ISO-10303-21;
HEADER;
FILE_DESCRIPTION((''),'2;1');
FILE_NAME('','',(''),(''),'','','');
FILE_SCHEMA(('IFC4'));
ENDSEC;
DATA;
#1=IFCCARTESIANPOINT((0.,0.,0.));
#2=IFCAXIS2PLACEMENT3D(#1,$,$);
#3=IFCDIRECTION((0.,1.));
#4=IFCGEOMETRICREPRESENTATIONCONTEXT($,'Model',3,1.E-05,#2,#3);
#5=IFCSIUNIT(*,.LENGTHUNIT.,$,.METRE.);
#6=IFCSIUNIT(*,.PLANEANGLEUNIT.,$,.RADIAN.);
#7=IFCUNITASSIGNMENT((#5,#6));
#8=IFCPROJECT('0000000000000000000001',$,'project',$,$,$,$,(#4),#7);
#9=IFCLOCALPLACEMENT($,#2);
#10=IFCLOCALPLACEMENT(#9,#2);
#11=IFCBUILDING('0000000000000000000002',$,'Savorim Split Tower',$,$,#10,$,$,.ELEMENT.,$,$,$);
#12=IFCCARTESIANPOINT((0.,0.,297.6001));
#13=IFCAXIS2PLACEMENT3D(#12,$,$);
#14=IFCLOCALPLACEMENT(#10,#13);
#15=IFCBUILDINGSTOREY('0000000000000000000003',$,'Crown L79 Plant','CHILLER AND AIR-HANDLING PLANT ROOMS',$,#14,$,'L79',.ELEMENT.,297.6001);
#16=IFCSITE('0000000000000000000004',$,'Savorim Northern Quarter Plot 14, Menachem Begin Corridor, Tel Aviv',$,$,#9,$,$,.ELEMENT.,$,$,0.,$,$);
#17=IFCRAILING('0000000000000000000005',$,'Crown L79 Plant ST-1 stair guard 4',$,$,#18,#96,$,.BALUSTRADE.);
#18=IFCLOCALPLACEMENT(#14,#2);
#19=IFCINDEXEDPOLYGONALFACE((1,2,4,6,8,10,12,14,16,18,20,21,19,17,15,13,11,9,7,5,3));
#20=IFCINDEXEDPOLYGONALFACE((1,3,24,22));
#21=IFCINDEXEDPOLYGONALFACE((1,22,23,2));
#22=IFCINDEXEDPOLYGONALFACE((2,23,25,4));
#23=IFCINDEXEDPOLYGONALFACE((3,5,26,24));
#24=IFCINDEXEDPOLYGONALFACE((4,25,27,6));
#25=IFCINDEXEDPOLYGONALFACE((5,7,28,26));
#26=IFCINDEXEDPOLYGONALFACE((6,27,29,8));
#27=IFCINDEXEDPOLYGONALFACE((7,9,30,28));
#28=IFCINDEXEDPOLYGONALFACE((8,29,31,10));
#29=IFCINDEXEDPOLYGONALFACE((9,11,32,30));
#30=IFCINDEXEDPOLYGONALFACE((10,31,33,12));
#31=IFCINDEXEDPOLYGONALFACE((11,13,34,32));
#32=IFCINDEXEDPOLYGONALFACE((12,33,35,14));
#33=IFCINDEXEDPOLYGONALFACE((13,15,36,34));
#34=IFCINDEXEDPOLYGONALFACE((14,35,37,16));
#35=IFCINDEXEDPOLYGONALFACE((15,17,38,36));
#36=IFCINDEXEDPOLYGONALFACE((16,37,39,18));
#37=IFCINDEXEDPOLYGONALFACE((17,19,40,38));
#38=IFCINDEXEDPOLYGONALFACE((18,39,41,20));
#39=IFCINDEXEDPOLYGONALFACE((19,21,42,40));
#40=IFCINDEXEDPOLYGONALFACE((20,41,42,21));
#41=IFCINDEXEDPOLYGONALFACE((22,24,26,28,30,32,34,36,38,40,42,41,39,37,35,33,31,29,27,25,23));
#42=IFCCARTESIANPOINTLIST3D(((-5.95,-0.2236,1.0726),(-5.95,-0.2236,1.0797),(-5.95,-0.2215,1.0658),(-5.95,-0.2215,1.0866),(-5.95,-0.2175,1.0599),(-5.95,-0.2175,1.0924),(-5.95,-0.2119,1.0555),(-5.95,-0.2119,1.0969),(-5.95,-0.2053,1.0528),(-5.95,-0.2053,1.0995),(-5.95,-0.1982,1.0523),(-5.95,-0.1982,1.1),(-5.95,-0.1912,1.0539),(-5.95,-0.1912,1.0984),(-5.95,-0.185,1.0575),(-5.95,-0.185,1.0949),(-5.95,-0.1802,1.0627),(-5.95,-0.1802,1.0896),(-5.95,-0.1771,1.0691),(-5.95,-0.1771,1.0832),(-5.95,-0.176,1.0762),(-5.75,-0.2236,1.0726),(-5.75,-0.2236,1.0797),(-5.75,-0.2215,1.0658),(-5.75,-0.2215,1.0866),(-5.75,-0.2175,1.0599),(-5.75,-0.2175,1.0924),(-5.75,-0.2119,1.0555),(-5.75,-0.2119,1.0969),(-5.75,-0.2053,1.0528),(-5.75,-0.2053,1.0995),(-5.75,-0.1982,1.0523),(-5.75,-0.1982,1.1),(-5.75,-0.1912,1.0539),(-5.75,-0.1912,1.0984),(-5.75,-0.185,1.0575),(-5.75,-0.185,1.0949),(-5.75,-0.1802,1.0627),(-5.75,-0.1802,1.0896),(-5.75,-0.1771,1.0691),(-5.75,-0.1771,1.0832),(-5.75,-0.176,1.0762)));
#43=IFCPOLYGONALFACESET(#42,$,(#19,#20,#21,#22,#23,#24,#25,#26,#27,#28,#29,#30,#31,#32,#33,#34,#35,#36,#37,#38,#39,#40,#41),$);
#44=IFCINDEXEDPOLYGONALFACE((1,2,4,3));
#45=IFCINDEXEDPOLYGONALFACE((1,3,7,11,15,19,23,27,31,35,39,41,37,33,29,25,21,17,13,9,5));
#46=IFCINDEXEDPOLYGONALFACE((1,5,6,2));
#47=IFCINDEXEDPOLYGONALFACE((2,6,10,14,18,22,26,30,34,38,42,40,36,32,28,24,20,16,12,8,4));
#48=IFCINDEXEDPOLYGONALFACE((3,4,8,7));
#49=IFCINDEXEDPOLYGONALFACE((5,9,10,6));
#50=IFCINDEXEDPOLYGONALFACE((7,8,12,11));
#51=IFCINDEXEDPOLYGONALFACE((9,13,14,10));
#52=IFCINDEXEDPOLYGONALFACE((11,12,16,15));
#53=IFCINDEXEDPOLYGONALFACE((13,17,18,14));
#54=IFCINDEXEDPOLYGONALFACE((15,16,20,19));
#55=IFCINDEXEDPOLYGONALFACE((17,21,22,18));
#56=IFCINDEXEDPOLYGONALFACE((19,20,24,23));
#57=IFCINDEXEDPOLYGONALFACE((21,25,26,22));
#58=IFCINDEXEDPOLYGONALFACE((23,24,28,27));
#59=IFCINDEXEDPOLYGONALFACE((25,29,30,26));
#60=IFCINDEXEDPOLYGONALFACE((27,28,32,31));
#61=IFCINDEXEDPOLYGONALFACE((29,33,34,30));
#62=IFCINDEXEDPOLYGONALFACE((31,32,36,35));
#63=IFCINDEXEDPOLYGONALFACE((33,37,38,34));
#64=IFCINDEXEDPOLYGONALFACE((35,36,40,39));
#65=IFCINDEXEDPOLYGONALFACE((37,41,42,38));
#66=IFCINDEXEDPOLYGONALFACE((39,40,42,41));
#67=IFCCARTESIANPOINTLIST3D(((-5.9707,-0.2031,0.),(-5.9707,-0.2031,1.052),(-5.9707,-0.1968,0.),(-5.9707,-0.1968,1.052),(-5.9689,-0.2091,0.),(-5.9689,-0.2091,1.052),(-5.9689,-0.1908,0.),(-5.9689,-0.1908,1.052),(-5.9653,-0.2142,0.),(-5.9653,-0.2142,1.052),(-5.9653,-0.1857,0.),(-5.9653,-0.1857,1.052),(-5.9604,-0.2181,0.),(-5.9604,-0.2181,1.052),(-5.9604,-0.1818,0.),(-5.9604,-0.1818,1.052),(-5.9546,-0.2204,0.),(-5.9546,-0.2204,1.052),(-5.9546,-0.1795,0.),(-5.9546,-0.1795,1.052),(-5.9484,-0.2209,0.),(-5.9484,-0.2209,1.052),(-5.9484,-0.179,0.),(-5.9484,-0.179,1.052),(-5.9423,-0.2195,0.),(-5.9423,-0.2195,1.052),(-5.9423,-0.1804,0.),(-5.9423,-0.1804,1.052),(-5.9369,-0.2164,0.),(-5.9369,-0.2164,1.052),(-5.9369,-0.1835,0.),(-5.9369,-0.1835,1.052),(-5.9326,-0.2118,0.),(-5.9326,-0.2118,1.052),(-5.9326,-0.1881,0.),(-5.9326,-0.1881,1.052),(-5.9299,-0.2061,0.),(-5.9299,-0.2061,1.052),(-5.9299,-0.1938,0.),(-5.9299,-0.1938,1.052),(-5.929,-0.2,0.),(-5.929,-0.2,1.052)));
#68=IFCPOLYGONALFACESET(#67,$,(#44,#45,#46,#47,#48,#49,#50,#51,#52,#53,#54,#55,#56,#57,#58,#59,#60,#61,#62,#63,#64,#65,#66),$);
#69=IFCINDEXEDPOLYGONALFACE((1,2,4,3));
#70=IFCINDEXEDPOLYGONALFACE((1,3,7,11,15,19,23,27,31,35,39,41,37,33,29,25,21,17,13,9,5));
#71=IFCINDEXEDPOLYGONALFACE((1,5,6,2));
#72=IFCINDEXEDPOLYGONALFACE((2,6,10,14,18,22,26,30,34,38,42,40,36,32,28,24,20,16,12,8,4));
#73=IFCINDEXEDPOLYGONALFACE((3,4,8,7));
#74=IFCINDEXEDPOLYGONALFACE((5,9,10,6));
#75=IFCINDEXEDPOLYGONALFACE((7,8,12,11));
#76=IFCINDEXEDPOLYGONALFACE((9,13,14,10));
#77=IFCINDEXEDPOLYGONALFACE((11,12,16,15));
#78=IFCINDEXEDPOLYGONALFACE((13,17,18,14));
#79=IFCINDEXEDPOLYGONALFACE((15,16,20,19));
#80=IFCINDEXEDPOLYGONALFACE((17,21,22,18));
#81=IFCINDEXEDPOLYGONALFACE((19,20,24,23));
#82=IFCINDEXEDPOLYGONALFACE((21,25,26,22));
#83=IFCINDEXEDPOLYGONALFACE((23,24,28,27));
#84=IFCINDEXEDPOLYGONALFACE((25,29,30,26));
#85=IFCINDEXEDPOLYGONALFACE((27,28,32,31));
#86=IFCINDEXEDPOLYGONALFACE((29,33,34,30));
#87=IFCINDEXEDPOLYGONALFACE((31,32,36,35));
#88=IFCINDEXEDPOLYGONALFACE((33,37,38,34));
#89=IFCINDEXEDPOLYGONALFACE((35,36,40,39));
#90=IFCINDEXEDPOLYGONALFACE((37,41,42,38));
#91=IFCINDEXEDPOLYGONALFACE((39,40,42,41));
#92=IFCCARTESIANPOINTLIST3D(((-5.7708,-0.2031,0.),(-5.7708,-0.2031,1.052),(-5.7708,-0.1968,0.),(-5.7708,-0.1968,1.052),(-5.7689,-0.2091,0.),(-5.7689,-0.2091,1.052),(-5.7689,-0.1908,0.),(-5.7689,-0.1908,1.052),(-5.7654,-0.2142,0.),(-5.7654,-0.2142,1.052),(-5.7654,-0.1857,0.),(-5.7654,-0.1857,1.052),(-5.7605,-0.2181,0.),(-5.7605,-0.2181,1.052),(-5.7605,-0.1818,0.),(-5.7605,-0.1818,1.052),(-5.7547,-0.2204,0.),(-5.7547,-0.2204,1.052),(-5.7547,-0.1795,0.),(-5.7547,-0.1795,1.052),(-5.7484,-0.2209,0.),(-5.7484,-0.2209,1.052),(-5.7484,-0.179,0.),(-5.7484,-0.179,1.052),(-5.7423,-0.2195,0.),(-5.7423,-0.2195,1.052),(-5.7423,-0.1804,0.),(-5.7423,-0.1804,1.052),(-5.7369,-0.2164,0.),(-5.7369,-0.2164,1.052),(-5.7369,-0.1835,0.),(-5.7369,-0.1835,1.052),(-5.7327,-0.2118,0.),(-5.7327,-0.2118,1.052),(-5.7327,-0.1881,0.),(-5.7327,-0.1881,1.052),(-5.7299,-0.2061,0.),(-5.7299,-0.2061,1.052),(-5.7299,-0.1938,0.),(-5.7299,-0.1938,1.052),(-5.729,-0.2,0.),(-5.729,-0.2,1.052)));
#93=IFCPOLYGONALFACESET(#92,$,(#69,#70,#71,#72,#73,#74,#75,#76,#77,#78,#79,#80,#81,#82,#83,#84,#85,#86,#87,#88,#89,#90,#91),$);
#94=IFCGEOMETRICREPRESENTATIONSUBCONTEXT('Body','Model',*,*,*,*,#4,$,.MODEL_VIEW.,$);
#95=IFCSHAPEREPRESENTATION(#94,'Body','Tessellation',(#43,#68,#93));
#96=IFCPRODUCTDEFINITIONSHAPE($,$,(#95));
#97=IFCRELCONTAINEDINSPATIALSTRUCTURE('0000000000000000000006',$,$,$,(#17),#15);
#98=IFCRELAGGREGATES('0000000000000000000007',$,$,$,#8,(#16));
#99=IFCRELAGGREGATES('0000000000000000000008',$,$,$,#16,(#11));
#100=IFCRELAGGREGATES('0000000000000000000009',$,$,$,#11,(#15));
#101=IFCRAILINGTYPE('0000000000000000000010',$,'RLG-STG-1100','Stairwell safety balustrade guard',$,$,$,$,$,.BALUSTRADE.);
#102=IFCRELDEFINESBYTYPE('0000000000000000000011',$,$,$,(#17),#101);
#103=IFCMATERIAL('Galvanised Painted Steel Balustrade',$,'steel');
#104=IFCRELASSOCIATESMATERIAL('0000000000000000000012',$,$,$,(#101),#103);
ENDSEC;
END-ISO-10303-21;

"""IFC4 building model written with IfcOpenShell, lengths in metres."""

from ifc_helpers import new_model, si_unit, direction, frame, origin, origin_2d, place, context, subcontext, project, spatial, circle, extrude, material, type_object, element, save


model = new_model("IFC4")

# Units and contexts
model_context = context("Model", 3, precision=1e-05, world=origin(), true_north=direction((0.0, 1.0)))
body_context = subcontext(model_context, "Body", "Model", "MODEL_VIEW")
ifc_project = project(units=[si_unit("LENGTHUNIT", "METRE"), si_unit("PLANEANGLEUNIT", "RADIAN")], contexts=[model_context])

# Site, building, storey
site_placement = place(None, origin())
site = spatial("IfcSite", under=ifc_project, at=site_placement, Name="Savorim Northern Quarter Plot 14, Menachem Begin Corridor, Tel Aviv", CompositionType="ELEMENT", RefElevation=0.0)
building_placement = place(site_placement, origin())
building = spatial("IfcBuilding", under=site, at=building_placement, Name="Savorim Split Tower", CompositionType="ELEMENT")
storey_placement = place(building_placement, frame((0.0, 0.0, 297.6001)))
storey = spatial("IfcBuildingStorey", under=building, at=storey_placement, Name="Crown L79 Plant", Description="CHILLER AND AIR-HANDLING PLANT ROOMS", LongName="L79", CompositionType="ELEMENT", Elevation=297.6001)

# Railing
ifc_material_1 = material(Name="Galvanised Painted Steel Balustrade", Category="steel")
railing_type_1 = type_object("IfcRailingType", Name="RLG-STG-1100", Description="Stairwell safety balustrade guard", PredefinedType="BALUSTRADE", material=ifc_material_1)
railing_1_placement = place(storey_placement, frame((-5.95, -0.2, 0.0)))
element("IfcRailing", 1, at=railing_1_placement, inside=storey, type_object=railing_type_1, Name="Crown L79 Plant ST-1 stair guard 4", PredefinedType="BALUSTRADE", context=body_context, shape_type="SweptSolid", body=[
    extrude(circle(Radius=0.0239, at=origin_2d()), frame((0.0, 0.0, 1.0762), z_axis=(1.0, 0.0, 0.0), x_axis=(0.0, 1.0, 0.0)), (0.0, 0.0, 1.0), 0.2),
    extrude(circle(Radius=0.021, at=origin_2d()), origin(), (0.0, 0.0, 1.0), 1.052),
    extrude(circle(Radius=0.021, at=origin_2d()), frame((0.2, 0.0, 0.0)), (0.0, 0.0, 1.0), 1.052),
])

save(model, "model.ifc")
